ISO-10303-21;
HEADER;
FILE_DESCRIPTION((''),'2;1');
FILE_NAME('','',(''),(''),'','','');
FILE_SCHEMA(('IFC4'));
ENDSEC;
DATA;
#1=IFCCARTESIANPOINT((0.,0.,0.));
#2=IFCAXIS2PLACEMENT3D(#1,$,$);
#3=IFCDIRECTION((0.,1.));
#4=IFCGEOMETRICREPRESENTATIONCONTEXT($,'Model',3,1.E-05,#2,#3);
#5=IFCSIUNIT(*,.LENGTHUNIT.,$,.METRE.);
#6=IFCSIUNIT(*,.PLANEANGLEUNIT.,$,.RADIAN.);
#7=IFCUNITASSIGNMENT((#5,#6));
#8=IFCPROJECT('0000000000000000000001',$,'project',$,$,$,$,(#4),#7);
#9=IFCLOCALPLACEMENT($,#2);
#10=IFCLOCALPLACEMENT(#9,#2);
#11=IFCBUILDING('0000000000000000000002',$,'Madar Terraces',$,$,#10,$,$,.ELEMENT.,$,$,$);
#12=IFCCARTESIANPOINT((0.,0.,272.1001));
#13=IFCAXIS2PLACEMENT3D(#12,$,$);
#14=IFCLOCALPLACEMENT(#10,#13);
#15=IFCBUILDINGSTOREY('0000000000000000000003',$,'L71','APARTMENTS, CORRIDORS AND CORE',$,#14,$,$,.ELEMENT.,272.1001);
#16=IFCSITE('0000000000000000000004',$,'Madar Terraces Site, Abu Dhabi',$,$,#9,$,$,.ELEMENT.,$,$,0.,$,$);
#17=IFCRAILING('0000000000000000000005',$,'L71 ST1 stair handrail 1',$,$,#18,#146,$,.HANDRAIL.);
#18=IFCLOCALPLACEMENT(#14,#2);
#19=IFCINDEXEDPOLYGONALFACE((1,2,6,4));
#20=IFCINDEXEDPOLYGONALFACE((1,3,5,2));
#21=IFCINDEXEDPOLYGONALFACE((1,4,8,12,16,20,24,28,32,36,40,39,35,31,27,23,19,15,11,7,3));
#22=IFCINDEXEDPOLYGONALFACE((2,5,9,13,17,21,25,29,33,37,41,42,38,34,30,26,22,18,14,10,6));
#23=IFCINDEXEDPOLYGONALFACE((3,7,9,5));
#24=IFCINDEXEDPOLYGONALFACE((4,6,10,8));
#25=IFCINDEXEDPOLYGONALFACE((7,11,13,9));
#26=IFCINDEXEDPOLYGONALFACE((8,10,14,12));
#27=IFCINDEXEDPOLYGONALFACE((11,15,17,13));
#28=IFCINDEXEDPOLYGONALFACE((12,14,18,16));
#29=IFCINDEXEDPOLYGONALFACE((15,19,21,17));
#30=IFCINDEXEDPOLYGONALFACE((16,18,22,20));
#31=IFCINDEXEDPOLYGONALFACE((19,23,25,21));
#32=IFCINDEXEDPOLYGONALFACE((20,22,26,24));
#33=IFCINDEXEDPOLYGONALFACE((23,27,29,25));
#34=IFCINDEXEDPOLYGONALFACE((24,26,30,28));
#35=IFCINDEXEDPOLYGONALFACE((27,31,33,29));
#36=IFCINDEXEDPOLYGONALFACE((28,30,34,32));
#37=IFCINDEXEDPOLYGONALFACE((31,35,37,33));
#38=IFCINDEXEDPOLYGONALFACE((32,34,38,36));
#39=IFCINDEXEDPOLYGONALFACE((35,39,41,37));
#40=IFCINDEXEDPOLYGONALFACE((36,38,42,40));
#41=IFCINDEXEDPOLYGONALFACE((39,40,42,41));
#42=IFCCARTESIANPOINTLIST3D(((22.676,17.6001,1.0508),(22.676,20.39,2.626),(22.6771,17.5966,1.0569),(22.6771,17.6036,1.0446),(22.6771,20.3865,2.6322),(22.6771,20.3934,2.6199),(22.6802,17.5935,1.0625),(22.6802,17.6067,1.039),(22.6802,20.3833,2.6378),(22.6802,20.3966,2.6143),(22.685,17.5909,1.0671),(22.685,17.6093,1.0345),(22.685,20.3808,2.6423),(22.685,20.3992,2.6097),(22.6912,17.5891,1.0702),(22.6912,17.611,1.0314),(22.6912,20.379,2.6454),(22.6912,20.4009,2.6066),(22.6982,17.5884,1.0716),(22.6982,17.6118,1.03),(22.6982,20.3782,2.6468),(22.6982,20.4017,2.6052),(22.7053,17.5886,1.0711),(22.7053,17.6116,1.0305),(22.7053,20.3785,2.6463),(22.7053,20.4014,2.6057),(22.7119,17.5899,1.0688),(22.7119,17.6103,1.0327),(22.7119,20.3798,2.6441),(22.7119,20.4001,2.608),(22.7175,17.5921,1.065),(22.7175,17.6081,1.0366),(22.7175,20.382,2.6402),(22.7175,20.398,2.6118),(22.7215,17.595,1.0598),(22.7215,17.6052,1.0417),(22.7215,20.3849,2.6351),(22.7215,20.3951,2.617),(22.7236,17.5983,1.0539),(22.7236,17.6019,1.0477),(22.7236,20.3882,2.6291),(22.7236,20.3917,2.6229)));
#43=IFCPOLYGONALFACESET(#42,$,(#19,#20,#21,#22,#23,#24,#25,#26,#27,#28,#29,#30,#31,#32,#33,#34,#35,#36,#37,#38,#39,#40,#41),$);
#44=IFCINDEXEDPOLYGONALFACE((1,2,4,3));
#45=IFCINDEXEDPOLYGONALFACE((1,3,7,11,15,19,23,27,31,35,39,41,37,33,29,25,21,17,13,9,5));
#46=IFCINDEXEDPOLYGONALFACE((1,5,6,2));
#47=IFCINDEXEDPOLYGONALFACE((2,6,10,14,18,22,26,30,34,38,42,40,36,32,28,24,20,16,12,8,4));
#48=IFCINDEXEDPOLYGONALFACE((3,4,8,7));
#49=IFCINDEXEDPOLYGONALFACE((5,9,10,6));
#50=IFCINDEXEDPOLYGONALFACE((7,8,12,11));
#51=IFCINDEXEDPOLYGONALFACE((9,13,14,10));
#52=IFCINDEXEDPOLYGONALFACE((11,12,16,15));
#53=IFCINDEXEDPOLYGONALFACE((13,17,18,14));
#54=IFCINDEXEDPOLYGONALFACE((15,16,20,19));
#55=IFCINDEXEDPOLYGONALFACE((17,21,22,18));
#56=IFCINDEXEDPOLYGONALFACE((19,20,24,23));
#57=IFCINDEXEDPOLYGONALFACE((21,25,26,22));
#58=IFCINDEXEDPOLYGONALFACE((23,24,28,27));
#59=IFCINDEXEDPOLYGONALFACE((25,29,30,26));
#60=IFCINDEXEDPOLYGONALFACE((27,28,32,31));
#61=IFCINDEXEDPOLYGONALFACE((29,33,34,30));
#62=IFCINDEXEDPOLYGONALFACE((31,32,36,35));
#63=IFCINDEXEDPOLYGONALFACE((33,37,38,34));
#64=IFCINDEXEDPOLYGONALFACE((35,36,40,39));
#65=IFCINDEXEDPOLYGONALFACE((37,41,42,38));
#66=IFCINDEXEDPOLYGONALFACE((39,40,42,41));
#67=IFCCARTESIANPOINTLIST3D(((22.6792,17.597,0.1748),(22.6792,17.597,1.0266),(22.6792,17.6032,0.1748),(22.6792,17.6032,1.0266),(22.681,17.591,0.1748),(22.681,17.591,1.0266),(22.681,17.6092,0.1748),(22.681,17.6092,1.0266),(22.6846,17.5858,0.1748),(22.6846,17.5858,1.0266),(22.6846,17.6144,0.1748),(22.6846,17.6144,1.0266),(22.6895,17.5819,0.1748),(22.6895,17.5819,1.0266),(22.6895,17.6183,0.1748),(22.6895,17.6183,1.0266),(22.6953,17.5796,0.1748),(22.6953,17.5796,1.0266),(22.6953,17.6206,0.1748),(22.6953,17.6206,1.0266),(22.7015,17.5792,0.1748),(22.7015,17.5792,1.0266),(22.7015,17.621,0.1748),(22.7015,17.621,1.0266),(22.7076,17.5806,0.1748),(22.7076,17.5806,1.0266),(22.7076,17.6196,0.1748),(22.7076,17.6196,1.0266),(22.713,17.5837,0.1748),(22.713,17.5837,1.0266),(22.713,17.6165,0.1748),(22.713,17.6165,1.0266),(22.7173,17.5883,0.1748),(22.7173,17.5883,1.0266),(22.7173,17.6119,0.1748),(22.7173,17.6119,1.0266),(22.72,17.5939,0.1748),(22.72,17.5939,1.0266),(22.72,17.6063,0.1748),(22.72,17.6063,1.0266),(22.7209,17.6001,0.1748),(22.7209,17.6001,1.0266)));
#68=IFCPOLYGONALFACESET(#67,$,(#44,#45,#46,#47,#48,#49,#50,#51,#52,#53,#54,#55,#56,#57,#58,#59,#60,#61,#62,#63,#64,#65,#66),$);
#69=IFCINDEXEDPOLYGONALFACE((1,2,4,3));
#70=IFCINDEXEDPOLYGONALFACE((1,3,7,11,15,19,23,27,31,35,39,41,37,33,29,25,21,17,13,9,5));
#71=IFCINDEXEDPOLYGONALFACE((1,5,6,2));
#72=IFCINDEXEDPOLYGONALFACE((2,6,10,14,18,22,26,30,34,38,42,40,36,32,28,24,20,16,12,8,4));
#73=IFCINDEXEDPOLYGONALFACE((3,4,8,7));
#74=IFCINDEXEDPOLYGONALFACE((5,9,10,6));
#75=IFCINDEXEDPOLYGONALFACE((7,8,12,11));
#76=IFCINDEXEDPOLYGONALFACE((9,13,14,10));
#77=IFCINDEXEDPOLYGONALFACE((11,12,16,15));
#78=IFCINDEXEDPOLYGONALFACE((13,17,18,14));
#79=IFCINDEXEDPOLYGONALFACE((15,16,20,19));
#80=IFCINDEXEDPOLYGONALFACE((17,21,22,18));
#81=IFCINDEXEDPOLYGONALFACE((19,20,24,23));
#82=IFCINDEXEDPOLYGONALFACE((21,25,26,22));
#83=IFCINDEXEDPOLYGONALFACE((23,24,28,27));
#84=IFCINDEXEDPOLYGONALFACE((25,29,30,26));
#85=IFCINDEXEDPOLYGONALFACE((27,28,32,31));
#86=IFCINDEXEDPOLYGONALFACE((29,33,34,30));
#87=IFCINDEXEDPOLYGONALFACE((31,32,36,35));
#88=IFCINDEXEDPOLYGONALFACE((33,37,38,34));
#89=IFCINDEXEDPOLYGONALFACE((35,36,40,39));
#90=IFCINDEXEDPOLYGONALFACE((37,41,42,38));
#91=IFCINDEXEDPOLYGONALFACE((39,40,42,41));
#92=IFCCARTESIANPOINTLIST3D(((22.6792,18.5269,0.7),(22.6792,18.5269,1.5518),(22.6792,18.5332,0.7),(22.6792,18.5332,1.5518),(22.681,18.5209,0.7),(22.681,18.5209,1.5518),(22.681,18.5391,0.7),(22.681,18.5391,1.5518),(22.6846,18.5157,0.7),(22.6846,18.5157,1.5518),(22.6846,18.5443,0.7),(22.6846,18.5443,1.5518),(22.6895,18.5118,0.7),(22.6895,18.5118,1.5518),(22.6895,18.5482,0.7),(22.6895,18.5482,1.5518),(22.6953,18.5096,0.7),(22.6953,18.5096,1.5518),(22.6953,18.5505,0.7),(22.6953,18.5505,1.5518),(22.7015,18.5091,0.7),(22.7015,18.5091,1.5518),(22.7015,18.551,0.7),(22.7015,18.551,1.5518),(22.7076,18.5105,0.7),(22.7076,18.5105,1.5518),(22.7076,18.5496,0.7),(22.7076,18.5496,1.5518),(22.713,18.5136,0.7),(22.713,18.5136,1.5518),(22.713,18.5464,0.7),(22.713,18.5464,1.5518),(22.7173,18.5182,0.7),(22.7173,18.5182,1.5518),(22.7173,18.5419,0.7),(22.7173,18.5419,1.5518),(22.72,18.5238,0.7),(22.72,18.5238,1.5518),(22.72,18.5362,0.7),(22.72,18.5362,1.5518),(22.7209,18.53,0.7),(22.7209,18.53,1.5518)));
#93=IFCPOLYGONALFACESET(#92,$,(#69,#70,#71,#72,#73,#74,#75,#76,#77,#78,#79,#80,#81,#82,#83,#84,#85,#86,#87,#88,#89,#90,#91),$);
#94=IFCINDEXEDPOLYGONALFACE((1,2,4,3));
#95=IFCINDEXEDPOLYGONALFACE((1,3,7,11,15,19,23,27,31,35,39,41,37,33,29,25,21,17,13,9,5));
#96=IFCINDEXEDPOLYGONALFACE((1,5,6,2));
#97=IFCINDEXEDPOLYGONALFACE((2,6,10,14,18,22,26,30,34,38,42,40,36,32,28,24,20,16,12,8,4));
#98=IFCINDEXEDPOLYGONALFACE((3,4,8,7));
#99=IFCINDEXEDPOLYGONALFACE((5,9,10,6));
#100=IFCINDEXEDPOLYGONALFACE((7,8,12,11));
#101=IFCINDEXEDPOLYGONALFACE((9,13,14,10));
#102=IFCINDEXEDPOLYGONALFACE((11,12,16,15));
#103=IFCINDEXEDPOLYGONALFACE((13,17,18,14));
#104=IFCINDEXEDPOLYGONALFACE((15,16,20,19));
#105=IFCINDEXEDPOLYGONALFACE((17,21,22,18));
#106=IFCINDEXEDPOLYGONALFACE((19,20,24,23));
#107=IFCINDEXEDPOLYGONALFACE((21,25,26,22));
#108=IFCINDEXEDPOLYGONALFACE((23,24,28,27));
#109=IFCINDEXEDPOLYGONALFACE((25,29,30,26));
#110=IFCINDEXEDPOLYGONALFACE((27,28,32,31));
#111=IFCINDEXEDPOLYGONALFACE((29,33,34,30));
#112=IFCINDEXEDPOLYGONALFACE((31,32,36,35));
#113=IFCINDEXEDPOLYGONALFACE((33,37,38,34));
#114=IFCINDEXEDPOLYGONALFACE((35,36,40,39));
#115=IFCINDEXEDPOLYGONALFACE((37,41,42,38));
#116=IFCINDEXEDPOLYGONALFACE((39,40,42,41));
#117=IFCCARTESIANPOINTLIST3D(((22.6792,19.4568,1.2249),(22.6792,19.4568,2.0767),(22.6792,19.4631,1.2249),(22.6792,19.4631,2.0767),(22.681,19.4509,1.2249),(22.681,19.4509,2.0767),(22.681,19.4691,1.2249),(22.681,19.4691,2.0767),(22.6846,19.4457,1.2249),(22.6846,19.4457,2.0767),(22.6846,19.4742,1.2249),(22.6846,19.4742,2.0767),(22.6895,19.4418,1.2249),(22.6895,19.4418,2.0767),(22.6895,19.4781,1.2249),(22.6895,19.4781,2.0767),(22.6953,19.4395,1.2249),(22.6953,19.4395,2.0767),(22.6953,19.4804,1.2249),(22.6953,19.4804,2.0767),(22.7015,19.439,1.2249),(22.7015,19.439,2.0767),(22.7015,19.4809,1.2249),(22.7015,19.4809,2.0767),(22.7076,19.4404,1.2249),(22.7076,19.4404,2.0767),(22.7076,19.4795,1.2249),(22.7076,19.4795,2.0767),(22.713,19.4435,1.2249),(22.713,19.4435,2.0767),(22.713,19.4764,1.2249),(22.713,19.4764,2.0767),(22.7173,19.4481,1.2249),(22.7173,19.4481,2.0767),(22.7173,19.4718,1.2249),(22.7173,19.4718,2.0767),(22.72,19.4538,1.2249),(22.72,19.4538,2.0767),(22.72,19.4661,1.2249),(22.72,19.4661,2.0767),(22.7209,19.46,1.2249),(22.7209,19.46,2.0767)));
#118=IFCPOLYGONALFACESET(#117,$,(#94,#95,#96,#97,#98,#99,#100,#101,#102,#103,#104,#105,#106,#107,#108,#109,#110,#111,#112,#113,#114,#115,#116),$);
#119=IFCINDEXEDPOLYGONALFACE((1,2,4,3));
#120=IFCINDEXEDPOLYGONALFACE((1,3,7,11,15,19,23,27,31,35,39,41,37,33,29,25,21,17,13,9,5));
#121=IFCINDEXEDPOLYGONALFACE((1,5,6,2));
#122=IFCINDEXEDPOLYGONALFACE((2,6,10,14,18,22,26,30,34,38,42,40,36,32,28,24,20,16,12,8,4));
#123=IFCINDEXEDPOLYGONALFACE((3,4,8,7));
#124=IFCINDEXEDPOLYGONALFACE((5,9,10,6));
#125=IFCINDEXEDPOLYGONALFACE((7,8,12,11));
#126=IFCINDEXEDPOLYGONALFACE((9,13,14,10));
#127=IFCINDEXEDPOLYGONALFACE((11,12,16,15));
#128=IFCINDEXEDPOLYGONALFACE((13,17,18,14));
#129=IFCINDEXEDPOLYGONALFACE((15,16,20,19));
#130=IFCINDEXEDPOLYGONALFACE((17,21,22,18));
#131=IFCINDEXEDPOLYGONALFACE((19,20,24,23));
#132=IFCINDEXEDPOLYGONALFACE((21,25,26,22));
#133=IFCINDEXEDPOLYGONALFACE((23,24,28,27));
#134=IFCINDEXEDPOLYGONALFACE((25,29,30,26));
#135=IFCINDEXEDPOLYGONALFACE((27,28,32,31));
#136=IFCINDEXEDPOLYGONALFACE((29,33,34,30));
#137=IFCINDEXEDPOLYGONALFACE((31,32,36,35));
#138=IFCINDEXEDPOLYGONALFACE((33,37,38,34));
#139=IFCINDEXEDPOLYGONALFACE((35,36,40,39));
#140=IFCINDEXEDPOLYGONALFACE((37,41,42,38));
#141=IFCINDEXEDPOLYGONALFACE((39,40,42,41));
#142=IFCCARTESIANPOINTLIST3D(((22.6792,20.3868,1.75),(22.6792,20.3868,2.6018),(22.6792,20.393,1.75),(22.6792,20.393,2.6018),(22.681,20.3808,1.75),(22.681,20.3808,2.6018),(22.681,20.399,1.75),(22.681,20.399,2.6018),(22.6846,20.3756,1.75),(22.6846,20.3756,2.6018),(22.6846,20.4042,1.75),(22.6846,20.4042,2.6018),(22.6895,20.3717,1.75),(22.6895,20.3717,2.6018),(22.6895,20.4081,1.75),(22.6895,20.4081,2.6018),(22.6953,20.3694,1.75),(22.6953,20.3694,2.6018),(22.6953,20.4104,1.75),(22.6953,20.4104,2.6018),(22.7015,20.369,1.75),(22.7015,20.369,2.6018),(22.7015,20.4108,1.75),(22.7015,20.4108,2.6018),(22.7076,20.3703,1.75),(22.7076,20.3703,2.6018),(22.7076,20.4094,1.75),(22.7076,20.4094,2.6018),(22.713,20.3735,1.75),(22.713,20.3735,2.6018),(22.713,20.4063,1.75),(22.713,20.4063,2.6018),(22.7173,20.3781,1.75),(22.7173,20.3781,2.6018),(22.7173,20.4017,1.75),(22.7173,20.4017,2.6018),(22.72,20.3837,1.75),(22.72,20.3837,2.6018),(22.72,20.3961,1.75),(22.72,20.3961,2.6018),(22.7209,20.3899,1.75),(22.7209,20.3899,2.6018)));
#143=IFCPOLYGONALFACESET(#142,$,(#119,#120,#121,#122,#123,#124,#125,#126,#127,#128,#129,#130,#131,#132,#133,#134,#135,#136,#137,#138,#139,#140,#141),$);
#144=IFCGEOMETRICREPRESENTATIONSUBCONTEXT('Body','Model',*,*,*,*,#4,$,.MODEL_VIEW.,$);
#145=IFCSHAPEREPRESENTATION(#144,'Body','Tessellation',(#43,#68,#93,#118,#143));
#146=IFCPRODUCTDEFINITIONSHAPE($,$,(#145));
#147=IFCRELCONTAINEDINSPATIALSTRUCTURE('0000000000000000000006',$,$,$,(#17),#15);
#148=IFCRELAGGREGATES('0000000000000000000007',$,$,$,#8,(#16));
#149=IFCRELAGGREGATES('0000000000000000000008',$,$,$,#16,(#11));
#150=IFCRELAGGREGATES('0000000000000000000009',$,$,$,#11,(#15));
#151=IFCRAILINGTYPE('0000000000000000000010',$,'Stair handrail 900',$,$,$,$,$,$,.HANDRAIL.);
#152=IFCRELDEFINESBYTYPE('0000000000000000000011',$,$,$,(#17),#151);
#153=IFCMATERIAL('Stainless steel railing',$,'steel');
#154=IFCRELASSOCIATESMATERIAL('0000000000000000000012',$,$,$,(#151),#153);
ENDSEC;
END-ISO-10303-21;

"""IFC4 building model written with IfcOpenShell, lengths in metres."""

from ifc_helpers import new_model, si_unit, direction, frame, origin, origin_2d, place, context, subcontext, project, spatial, circle, extrude, material, type_object, element, save


model = new_model("IFC4")

# Units and contexts
model_context = context("Model", 3, precision=1e-05, world=origin(), true_north=direction((0.0, 1.0)))
body_context = subcontext(model_context, "Body", "Model", "MODEL_VIEW")
ifc_project = project(units=[si_unit("LENGTHUNIT", "METRE"), si_unit("PLANEANGLEUNIT", "RADIAN")], contexts=[model_context])

# Site, building, storey
site_placement = place(None, origin())
site = spatial("IfcSite", under=ifc_project, at=site_placement, Name="Madar Terraces Site, Abu Dhabi", CompositionType="ELEMENT", RefElevation=0.0)
building_placement = place(site_placement, origin())
building = spatial("IfcBuilding", under=site, at=building_placement, Name="Madar Terraces", CompositionType="ELEMENT")
storey_placement = place(building_placement, frame((0.0, 0.0, 272.1001)))
storey = spatial("IfcBuildingStorey", under=building, at=storey_placement, Name="L71", Description="APARTMENTS, CORRIDORS AND CORE", CompositionType="ELEMENT", Elevation=272.1001)

# Railing
ifc_material_1 = material(Name="Stainless steel railing", Category="steel")
railing_type_1 = type_object("IfcRailingType", Name="Stair handrail 900", PredefinedType="HANDRAIL", material=ifc_material_1)
railing_1_placement = place(storey_placement, frame((22.7, 17.6001, 0.1748)))
element("IfcRailing", 1, at=railing_1_placement, inside=storey, type_object=railing_type_1, Name="L71 ST1 stair handrail 1", PredefinedType="HANDRAIL", context=body_context, shape_type="SweptSolid", body=[
    extrude(circle(Radius=0.0239, at=origin_2d()), frame((0.0, 0.0, 0.876), z_axis=(0.0, 0.870783, 0.491668), x_axis=(-1.0, 0.0, 0.0)), (0.0, 0.0, 1.0), 3.2039),
    extrude(circle(Radius=0.021, at=origin_2d()), origin(), (0.0, 0.0, 1.0), 0.8518),
    extrude(circle(Radius=0.021, at=origin_2d()), frame((0.0, 0.9299, 0.5251)), (0.0, 0.0, 1.0), 0.8518),
    extrude(circle(Radius=0.021, at=origin_2d()), frame((0.0, 1.8599, 1.05)), (0.0, 0.0, 1.0), 0.8518),
    extrude(circle(Radius=0.021, at=origin_2d()), frame((0.0, 2.7898, 1.5752)), (0.0, 0.0, 1.0), 0.8518),
])

save(model, "model.ifc")
